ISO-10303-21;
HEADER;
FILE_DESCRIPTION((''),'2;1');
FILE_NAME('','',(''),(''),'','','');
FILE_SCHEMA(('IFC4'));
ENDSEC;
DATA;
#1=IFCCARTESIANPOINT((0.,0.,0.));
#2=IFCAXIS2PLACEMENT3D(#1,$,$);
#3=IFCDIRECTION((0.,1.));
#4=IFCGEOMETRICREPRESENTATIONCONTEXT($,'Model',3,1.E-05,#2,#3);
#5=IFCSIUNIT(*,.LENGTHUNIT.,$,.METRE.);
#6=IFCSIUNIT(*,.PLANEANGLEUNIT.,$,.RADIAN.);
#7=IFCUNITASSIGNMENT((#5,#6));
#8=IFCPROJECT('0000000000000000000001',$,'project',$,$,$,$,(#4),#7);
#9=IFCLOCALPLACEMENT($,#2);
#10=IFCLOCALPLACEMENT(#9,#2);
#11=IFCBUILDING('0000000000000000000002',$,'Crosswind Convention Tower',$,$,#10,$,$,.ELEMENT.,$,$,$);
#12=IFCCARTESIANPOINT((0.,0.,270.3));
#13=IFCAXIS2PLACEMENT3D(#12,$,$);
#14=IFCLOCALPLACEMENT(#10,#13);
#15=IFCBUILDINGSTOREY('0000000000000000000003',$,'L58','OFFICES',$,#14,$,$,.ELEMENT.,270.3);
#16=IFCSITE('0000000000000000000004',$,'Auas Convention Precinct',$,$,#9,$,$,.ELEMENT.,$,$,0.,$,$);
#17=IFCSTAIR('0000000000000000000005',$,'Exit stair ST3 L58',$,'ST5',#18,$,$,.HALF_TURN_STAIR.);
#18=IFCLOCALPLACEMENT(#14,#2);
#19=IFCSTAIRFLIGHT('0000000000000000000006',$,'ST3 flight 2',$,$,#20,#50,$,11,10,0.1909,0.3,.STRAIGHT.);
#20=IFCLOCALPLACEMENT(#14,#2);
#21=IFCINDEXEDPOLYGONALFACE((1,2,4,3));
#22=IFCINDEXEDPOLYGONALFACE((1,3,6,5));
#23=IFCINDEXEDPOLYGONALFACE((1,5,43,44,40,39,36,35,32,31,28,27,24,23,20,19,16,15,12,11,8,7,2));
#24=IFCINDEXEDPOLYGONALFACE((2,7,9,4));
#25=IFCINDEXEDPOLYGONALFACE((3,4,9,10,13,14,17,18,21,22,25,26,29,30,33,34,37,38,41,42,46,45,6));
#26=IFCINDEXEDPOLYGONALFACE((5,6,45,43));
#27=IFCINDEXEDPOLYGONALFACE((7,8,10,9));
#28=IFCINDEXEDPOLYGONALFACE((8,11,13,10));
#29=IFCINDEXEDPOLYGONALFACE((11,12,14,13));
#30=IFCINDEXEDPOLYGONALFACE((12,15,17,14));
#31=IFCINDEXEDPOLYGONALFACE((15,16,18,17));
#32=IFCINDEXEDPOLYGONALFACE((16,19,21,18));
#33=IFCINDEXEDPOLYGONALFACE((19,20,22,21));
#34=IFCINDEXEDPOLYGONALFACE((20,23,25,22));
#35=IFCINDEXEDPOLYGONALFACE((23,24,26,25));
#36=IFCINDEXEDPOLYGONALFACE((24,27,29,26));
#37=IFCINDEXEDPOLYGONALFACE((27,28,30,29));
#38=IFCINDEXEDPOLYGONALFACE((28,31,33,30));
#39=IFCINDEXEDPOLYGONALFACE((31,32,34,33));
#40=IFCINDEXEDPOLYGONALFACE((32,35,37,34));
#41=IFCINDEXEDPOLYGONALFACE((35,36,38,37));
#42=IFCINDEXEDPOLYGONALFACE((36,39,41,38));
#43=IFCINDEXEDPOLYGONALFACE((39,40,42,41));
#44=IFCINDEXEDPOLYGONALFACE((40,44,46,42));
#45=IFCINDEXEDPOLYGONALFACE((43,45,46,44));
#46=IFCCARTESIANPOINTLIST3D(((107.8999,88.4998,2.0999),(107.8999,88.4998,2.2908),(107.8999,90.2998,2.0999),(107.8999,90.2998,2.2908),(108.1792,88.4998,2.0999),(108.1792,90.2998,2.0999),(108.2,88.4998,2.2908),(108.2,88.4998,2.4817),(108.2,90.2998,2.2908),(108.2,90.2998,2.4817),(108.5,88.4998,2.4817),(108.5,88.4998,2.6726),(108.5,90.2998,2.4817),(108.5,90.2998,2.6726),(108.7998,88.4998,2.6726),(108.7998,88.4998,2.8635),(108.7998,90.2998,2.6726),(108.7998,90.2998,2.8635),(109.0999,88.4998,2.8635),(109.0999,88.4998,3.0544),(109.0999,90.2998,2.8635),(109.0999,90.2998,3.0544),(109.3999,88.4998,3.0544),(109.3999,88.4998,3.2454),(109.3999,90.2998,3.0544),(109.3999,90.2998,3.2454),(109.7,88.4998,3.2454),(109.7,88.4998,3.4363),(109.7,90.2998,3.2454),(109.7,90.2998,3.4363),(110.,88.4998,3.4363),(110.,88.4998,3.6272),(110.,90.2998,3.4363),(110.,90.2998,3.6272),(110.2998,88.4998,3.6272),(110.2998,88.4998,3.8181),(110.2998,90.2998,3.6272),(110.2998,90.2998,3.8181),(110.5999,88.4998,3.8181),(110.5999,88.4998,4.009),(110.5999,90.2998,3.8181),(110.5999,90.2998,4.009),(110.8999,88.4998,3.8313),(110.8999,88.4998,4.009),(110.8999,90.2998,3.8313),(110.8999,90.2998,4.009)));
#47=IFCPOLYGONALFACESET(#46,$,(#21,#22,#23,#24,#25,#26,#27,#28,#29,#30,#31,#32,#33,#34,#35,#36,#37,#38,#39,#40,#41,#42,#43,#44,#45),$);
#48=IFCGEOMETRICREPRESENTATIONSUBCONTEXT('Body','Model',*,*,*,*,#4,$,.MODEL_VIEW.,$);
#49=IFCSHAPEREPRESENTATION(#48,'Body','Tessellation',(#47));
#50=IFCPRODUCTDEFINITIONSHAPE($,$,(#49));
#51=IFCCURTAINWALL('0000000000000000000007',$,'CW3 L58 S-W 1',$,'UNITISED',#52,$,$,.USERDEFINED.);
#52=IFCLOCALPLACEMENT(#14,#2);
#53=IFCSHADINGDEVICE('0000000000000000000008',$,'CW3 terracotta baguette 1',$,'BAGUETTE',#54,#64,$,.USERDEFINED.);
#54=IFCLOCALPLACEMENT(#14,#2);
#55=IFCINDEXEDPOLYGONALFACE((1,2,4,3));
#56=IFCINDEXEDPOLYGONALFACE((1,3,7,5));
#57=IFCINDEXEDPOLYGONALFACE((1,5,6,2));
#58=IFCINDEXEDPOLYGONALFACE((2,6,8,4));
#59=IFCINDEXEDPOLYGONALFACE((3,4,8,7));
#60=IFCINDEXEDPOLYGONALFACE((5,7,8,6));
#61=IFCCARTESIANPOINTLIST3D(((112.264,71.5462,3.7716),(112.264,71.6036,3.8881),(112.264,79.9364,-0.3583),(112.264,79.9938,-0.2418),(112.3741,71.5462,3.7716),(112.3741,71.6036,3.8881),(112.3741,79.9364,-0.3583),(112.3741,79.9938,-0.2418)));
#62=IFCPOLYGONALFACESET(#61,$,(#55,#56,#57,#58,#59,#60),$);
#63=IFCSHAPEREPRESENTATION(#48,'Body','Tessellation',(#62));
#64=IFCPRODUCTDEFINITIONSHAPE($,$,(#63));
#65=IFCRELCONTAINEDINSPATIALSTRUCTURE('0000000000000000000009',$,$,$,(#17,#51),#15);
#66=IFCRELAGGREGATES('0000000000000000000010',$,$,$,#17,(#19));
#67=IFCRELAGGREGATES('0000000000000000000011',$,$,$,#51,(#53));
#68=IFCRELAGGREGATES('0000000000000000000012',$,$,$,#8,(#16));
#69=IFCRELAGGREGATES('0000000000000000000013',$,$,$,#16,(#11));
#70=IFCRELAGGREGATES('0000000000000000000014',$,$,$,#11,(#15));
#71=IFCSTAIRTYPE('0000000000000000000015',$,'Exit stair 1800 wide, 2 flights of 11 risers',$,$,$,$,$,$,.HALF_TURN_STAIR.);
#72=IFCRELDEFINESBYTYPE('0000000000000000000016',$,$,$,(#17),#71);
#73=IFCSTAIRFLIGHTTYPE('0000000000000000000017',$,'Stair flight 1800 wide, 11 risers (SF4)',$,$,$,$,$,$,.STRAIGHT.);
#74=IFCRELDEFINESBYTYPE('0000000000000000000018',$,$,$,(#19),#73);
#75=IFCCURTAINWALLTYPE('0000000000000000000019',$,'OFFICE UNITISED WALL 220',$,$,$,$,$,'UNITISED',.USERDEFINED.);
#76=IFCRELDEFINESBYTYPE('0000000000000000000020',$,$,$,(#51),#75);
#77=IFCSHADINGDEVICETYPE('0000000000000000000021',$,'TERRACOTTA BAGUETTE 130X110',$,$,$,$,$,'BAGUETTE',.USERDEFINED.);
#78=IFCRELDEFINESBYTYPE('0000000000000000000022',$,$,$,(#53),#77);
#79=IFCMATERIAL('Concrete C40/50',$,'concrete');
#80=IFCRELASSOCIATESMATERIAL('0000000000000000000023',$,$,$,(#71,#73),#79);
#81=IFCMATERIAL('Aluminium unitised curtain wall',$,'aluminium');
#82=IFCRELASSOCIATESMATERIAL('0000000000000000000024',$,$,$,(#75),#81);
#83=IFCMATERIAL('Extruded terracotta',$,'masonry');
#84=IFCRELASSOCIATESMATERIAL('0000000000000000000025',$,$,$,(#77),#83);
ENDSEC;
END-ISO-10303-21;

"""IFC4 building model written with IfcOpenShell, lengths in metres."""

from ifc_helpers import new_model, si_unit, direction, frame, origin, origin_2d, place, context, subcontext, project, spatial, polyline, rectangle, outline, extrude, material, material_profile, profile_set, type_object, element, aggregate, save


model = new_model("IFC4")

# Units and contexts
model_context = context("Model", 3, precision=1e-05, world=origin(), true_north=direction((0.0, 1.0)))
body_context = subcontext(model_context, "Body", "Model", "MODEL_VIEW")
ifc_project = project(units=[si_unit("LENGTHUNIT", "METRE"), si_unit("PLANEANGLEUNIT", "RADIAN")], contexts=[model_context])

# Site, building, storey
site_placement = place(None, origin())
site = spatial("IfcSite", under=ifc_project, at=site_placement, Name="Auas Convention Precinct", CompositionType="ELEMENT", RefElevation=0.0)
building_placement = place(site_placement, origin())
building = spatial("IfcBuilding", under=site, at=building_placement, Name="Crosswind Convention Tower", CompositionType="ELEMENT")
storey_placement = place(building_placement, frame((0.0, 0.0, 270.3)))
storey = spatial("IfcBuildingStorey", under=building, at=storey_placement, Name="L58", Description="OFFICES", CompositionType="ELEMENT", Elevation=270.3)

# Shared definitions
ifc_material_1 = material(Name="Concrete C40/50", Category="concrete")

# Stair
stair_type = type_object("IfcStairType", Name="Exit stair 1800 wide, 2 flights of 11 risers", PredefinedType="HALF_TURN_STAIR", material=ifc_material_1)
stair_1_placement = place(storey_placement, origin())
stair_1 = element("IfcStair", 1, at=stair_1_placement, inside=storey, type_object=stair_type, Name="Exit stair ST3 L58", ObjectType="ST5", PredefinedType="HALF_TURN_STAIR")

# Stair flight
stair_flight_type = type_object("IfcStairFlightType", Name="Stair flight 1800 wide, 11 risers (SF4)", PredefinedType="STRAIGHT", material=ifc_material_1)
stair_flight_1_placement = place(storey_placement, frame((107.8999, 89.3999, 2.0999), z_axis=(0.0, 0.0, 1.0), x_axis=(1.0, 0.0, 0.0)))
stair_flight_1 = element("IfcStairFlight", 2, at=stair_flight_1_placement, type_object=stair_flight_type, Name="ST3 flight 2", NumberOfRisers=11, NumberOfTreads=10, PredefinedType="STRAIGHT", RiserHeight=0.1909, TreadLength=0.3, context=body_context, shape_type="SweptSolid", body=[
    extrude(outline(polyline([(0.0, 0.0), (0.0, 0.1909), (0.3, 0.1909), (0.3, 0.3818), (0.6001, 0.3818), (0.6001, 0.5728), (0.8999, 0.5728), (0.8999, 0.7637), (1.2, 0.7637), (1.2, 0.9546), (1.5, 0.9546), (1.5, 1.1455), (1.8, 1.1455), (1.8, 1.3364), (2.1001, 1.3364), (2.1001, 1.5273), (2.3999, 1.5273), (2.3999, 1.7183), (2.7, 1.7183), (2.7, 1.9092), (3.0, 1.9092), (3.0, 2.1001), (3.0, 1.7314), (0.2793, 0.0), (0.0, 0.0)])), frame((0.0, 0.8999, 0.0), z_axis=(0.0, -1.0, 0.0), x_axis=(1.0, 0.0, 0.0)), (0.0, 0.0, 1.0), 1.8),
])
aggregate(stair_1, [stair_flight_1])

# Curtain wall, shading device
ifc_material_2 = material(Name="Aluminium unitised curtain wall", Category="aluminium")
curtain_wall_type = type_object("IfcCurtainWallType", Name="OFFICE UNITISED WALL 220", ElementType="UNITISED", PredefinedType="USERDEFINED", material=ifc_material_2)
curtain_wall_placement = place(storey_placement, origin())
curtain_wall = element("IfcCurtainWall", 3, at=curtain_wall_placement, inside=storey, type_object=curtain_wall_type, Name="CW3 L58 S-W 1", ObjectType="UNITISED", PredefinedType="USERDEFINED")
ifc_material_3 = material(Name="Extruded terracotta", Category="masonry")
ifc_material_profile = material_profile(ifc_material_3, rectangle(XDim=0.1101, YDim=0.1299, at=origin_2d()), Name="TC 110X130")
ifc_profile_set = profile_set([ifc_material_profile], Name="Extruded terracotta")
shading_device_type = type_object("IfcShadingDeviceType", Name="TERRACOTTA BAGUETTE 130X110", ElementType="BAGUETTE", PredefinedType="USERDEFINED", material=ifc_profile_set)
shading_device_placement = place(storey_placement, frame((112.3191, 79.9651, -0.3), z_axis=(0.0, -0.897198, 0.441628), x_axis=(1.0, 0.0, 0.0)))
shading_device = element("IfcShadingDevice", 4, at=shading_device_placement, type_object=shading_device_type, Name="CW3 terracotta baguette 1", ObjectType="BAGUETTE", PredefinedType="USERDEFINED", context=body_context, shape_type="SweptSolid", body=[
    extrude(rectangle(XDim=0.1101, YDim=0.1299, at=origin_2d()), origin(), (0.0, 0.0, 1.0), 9.3516),
])
aggregate(curtain_wall, [shading_device])

save(model, "model.ifc")
